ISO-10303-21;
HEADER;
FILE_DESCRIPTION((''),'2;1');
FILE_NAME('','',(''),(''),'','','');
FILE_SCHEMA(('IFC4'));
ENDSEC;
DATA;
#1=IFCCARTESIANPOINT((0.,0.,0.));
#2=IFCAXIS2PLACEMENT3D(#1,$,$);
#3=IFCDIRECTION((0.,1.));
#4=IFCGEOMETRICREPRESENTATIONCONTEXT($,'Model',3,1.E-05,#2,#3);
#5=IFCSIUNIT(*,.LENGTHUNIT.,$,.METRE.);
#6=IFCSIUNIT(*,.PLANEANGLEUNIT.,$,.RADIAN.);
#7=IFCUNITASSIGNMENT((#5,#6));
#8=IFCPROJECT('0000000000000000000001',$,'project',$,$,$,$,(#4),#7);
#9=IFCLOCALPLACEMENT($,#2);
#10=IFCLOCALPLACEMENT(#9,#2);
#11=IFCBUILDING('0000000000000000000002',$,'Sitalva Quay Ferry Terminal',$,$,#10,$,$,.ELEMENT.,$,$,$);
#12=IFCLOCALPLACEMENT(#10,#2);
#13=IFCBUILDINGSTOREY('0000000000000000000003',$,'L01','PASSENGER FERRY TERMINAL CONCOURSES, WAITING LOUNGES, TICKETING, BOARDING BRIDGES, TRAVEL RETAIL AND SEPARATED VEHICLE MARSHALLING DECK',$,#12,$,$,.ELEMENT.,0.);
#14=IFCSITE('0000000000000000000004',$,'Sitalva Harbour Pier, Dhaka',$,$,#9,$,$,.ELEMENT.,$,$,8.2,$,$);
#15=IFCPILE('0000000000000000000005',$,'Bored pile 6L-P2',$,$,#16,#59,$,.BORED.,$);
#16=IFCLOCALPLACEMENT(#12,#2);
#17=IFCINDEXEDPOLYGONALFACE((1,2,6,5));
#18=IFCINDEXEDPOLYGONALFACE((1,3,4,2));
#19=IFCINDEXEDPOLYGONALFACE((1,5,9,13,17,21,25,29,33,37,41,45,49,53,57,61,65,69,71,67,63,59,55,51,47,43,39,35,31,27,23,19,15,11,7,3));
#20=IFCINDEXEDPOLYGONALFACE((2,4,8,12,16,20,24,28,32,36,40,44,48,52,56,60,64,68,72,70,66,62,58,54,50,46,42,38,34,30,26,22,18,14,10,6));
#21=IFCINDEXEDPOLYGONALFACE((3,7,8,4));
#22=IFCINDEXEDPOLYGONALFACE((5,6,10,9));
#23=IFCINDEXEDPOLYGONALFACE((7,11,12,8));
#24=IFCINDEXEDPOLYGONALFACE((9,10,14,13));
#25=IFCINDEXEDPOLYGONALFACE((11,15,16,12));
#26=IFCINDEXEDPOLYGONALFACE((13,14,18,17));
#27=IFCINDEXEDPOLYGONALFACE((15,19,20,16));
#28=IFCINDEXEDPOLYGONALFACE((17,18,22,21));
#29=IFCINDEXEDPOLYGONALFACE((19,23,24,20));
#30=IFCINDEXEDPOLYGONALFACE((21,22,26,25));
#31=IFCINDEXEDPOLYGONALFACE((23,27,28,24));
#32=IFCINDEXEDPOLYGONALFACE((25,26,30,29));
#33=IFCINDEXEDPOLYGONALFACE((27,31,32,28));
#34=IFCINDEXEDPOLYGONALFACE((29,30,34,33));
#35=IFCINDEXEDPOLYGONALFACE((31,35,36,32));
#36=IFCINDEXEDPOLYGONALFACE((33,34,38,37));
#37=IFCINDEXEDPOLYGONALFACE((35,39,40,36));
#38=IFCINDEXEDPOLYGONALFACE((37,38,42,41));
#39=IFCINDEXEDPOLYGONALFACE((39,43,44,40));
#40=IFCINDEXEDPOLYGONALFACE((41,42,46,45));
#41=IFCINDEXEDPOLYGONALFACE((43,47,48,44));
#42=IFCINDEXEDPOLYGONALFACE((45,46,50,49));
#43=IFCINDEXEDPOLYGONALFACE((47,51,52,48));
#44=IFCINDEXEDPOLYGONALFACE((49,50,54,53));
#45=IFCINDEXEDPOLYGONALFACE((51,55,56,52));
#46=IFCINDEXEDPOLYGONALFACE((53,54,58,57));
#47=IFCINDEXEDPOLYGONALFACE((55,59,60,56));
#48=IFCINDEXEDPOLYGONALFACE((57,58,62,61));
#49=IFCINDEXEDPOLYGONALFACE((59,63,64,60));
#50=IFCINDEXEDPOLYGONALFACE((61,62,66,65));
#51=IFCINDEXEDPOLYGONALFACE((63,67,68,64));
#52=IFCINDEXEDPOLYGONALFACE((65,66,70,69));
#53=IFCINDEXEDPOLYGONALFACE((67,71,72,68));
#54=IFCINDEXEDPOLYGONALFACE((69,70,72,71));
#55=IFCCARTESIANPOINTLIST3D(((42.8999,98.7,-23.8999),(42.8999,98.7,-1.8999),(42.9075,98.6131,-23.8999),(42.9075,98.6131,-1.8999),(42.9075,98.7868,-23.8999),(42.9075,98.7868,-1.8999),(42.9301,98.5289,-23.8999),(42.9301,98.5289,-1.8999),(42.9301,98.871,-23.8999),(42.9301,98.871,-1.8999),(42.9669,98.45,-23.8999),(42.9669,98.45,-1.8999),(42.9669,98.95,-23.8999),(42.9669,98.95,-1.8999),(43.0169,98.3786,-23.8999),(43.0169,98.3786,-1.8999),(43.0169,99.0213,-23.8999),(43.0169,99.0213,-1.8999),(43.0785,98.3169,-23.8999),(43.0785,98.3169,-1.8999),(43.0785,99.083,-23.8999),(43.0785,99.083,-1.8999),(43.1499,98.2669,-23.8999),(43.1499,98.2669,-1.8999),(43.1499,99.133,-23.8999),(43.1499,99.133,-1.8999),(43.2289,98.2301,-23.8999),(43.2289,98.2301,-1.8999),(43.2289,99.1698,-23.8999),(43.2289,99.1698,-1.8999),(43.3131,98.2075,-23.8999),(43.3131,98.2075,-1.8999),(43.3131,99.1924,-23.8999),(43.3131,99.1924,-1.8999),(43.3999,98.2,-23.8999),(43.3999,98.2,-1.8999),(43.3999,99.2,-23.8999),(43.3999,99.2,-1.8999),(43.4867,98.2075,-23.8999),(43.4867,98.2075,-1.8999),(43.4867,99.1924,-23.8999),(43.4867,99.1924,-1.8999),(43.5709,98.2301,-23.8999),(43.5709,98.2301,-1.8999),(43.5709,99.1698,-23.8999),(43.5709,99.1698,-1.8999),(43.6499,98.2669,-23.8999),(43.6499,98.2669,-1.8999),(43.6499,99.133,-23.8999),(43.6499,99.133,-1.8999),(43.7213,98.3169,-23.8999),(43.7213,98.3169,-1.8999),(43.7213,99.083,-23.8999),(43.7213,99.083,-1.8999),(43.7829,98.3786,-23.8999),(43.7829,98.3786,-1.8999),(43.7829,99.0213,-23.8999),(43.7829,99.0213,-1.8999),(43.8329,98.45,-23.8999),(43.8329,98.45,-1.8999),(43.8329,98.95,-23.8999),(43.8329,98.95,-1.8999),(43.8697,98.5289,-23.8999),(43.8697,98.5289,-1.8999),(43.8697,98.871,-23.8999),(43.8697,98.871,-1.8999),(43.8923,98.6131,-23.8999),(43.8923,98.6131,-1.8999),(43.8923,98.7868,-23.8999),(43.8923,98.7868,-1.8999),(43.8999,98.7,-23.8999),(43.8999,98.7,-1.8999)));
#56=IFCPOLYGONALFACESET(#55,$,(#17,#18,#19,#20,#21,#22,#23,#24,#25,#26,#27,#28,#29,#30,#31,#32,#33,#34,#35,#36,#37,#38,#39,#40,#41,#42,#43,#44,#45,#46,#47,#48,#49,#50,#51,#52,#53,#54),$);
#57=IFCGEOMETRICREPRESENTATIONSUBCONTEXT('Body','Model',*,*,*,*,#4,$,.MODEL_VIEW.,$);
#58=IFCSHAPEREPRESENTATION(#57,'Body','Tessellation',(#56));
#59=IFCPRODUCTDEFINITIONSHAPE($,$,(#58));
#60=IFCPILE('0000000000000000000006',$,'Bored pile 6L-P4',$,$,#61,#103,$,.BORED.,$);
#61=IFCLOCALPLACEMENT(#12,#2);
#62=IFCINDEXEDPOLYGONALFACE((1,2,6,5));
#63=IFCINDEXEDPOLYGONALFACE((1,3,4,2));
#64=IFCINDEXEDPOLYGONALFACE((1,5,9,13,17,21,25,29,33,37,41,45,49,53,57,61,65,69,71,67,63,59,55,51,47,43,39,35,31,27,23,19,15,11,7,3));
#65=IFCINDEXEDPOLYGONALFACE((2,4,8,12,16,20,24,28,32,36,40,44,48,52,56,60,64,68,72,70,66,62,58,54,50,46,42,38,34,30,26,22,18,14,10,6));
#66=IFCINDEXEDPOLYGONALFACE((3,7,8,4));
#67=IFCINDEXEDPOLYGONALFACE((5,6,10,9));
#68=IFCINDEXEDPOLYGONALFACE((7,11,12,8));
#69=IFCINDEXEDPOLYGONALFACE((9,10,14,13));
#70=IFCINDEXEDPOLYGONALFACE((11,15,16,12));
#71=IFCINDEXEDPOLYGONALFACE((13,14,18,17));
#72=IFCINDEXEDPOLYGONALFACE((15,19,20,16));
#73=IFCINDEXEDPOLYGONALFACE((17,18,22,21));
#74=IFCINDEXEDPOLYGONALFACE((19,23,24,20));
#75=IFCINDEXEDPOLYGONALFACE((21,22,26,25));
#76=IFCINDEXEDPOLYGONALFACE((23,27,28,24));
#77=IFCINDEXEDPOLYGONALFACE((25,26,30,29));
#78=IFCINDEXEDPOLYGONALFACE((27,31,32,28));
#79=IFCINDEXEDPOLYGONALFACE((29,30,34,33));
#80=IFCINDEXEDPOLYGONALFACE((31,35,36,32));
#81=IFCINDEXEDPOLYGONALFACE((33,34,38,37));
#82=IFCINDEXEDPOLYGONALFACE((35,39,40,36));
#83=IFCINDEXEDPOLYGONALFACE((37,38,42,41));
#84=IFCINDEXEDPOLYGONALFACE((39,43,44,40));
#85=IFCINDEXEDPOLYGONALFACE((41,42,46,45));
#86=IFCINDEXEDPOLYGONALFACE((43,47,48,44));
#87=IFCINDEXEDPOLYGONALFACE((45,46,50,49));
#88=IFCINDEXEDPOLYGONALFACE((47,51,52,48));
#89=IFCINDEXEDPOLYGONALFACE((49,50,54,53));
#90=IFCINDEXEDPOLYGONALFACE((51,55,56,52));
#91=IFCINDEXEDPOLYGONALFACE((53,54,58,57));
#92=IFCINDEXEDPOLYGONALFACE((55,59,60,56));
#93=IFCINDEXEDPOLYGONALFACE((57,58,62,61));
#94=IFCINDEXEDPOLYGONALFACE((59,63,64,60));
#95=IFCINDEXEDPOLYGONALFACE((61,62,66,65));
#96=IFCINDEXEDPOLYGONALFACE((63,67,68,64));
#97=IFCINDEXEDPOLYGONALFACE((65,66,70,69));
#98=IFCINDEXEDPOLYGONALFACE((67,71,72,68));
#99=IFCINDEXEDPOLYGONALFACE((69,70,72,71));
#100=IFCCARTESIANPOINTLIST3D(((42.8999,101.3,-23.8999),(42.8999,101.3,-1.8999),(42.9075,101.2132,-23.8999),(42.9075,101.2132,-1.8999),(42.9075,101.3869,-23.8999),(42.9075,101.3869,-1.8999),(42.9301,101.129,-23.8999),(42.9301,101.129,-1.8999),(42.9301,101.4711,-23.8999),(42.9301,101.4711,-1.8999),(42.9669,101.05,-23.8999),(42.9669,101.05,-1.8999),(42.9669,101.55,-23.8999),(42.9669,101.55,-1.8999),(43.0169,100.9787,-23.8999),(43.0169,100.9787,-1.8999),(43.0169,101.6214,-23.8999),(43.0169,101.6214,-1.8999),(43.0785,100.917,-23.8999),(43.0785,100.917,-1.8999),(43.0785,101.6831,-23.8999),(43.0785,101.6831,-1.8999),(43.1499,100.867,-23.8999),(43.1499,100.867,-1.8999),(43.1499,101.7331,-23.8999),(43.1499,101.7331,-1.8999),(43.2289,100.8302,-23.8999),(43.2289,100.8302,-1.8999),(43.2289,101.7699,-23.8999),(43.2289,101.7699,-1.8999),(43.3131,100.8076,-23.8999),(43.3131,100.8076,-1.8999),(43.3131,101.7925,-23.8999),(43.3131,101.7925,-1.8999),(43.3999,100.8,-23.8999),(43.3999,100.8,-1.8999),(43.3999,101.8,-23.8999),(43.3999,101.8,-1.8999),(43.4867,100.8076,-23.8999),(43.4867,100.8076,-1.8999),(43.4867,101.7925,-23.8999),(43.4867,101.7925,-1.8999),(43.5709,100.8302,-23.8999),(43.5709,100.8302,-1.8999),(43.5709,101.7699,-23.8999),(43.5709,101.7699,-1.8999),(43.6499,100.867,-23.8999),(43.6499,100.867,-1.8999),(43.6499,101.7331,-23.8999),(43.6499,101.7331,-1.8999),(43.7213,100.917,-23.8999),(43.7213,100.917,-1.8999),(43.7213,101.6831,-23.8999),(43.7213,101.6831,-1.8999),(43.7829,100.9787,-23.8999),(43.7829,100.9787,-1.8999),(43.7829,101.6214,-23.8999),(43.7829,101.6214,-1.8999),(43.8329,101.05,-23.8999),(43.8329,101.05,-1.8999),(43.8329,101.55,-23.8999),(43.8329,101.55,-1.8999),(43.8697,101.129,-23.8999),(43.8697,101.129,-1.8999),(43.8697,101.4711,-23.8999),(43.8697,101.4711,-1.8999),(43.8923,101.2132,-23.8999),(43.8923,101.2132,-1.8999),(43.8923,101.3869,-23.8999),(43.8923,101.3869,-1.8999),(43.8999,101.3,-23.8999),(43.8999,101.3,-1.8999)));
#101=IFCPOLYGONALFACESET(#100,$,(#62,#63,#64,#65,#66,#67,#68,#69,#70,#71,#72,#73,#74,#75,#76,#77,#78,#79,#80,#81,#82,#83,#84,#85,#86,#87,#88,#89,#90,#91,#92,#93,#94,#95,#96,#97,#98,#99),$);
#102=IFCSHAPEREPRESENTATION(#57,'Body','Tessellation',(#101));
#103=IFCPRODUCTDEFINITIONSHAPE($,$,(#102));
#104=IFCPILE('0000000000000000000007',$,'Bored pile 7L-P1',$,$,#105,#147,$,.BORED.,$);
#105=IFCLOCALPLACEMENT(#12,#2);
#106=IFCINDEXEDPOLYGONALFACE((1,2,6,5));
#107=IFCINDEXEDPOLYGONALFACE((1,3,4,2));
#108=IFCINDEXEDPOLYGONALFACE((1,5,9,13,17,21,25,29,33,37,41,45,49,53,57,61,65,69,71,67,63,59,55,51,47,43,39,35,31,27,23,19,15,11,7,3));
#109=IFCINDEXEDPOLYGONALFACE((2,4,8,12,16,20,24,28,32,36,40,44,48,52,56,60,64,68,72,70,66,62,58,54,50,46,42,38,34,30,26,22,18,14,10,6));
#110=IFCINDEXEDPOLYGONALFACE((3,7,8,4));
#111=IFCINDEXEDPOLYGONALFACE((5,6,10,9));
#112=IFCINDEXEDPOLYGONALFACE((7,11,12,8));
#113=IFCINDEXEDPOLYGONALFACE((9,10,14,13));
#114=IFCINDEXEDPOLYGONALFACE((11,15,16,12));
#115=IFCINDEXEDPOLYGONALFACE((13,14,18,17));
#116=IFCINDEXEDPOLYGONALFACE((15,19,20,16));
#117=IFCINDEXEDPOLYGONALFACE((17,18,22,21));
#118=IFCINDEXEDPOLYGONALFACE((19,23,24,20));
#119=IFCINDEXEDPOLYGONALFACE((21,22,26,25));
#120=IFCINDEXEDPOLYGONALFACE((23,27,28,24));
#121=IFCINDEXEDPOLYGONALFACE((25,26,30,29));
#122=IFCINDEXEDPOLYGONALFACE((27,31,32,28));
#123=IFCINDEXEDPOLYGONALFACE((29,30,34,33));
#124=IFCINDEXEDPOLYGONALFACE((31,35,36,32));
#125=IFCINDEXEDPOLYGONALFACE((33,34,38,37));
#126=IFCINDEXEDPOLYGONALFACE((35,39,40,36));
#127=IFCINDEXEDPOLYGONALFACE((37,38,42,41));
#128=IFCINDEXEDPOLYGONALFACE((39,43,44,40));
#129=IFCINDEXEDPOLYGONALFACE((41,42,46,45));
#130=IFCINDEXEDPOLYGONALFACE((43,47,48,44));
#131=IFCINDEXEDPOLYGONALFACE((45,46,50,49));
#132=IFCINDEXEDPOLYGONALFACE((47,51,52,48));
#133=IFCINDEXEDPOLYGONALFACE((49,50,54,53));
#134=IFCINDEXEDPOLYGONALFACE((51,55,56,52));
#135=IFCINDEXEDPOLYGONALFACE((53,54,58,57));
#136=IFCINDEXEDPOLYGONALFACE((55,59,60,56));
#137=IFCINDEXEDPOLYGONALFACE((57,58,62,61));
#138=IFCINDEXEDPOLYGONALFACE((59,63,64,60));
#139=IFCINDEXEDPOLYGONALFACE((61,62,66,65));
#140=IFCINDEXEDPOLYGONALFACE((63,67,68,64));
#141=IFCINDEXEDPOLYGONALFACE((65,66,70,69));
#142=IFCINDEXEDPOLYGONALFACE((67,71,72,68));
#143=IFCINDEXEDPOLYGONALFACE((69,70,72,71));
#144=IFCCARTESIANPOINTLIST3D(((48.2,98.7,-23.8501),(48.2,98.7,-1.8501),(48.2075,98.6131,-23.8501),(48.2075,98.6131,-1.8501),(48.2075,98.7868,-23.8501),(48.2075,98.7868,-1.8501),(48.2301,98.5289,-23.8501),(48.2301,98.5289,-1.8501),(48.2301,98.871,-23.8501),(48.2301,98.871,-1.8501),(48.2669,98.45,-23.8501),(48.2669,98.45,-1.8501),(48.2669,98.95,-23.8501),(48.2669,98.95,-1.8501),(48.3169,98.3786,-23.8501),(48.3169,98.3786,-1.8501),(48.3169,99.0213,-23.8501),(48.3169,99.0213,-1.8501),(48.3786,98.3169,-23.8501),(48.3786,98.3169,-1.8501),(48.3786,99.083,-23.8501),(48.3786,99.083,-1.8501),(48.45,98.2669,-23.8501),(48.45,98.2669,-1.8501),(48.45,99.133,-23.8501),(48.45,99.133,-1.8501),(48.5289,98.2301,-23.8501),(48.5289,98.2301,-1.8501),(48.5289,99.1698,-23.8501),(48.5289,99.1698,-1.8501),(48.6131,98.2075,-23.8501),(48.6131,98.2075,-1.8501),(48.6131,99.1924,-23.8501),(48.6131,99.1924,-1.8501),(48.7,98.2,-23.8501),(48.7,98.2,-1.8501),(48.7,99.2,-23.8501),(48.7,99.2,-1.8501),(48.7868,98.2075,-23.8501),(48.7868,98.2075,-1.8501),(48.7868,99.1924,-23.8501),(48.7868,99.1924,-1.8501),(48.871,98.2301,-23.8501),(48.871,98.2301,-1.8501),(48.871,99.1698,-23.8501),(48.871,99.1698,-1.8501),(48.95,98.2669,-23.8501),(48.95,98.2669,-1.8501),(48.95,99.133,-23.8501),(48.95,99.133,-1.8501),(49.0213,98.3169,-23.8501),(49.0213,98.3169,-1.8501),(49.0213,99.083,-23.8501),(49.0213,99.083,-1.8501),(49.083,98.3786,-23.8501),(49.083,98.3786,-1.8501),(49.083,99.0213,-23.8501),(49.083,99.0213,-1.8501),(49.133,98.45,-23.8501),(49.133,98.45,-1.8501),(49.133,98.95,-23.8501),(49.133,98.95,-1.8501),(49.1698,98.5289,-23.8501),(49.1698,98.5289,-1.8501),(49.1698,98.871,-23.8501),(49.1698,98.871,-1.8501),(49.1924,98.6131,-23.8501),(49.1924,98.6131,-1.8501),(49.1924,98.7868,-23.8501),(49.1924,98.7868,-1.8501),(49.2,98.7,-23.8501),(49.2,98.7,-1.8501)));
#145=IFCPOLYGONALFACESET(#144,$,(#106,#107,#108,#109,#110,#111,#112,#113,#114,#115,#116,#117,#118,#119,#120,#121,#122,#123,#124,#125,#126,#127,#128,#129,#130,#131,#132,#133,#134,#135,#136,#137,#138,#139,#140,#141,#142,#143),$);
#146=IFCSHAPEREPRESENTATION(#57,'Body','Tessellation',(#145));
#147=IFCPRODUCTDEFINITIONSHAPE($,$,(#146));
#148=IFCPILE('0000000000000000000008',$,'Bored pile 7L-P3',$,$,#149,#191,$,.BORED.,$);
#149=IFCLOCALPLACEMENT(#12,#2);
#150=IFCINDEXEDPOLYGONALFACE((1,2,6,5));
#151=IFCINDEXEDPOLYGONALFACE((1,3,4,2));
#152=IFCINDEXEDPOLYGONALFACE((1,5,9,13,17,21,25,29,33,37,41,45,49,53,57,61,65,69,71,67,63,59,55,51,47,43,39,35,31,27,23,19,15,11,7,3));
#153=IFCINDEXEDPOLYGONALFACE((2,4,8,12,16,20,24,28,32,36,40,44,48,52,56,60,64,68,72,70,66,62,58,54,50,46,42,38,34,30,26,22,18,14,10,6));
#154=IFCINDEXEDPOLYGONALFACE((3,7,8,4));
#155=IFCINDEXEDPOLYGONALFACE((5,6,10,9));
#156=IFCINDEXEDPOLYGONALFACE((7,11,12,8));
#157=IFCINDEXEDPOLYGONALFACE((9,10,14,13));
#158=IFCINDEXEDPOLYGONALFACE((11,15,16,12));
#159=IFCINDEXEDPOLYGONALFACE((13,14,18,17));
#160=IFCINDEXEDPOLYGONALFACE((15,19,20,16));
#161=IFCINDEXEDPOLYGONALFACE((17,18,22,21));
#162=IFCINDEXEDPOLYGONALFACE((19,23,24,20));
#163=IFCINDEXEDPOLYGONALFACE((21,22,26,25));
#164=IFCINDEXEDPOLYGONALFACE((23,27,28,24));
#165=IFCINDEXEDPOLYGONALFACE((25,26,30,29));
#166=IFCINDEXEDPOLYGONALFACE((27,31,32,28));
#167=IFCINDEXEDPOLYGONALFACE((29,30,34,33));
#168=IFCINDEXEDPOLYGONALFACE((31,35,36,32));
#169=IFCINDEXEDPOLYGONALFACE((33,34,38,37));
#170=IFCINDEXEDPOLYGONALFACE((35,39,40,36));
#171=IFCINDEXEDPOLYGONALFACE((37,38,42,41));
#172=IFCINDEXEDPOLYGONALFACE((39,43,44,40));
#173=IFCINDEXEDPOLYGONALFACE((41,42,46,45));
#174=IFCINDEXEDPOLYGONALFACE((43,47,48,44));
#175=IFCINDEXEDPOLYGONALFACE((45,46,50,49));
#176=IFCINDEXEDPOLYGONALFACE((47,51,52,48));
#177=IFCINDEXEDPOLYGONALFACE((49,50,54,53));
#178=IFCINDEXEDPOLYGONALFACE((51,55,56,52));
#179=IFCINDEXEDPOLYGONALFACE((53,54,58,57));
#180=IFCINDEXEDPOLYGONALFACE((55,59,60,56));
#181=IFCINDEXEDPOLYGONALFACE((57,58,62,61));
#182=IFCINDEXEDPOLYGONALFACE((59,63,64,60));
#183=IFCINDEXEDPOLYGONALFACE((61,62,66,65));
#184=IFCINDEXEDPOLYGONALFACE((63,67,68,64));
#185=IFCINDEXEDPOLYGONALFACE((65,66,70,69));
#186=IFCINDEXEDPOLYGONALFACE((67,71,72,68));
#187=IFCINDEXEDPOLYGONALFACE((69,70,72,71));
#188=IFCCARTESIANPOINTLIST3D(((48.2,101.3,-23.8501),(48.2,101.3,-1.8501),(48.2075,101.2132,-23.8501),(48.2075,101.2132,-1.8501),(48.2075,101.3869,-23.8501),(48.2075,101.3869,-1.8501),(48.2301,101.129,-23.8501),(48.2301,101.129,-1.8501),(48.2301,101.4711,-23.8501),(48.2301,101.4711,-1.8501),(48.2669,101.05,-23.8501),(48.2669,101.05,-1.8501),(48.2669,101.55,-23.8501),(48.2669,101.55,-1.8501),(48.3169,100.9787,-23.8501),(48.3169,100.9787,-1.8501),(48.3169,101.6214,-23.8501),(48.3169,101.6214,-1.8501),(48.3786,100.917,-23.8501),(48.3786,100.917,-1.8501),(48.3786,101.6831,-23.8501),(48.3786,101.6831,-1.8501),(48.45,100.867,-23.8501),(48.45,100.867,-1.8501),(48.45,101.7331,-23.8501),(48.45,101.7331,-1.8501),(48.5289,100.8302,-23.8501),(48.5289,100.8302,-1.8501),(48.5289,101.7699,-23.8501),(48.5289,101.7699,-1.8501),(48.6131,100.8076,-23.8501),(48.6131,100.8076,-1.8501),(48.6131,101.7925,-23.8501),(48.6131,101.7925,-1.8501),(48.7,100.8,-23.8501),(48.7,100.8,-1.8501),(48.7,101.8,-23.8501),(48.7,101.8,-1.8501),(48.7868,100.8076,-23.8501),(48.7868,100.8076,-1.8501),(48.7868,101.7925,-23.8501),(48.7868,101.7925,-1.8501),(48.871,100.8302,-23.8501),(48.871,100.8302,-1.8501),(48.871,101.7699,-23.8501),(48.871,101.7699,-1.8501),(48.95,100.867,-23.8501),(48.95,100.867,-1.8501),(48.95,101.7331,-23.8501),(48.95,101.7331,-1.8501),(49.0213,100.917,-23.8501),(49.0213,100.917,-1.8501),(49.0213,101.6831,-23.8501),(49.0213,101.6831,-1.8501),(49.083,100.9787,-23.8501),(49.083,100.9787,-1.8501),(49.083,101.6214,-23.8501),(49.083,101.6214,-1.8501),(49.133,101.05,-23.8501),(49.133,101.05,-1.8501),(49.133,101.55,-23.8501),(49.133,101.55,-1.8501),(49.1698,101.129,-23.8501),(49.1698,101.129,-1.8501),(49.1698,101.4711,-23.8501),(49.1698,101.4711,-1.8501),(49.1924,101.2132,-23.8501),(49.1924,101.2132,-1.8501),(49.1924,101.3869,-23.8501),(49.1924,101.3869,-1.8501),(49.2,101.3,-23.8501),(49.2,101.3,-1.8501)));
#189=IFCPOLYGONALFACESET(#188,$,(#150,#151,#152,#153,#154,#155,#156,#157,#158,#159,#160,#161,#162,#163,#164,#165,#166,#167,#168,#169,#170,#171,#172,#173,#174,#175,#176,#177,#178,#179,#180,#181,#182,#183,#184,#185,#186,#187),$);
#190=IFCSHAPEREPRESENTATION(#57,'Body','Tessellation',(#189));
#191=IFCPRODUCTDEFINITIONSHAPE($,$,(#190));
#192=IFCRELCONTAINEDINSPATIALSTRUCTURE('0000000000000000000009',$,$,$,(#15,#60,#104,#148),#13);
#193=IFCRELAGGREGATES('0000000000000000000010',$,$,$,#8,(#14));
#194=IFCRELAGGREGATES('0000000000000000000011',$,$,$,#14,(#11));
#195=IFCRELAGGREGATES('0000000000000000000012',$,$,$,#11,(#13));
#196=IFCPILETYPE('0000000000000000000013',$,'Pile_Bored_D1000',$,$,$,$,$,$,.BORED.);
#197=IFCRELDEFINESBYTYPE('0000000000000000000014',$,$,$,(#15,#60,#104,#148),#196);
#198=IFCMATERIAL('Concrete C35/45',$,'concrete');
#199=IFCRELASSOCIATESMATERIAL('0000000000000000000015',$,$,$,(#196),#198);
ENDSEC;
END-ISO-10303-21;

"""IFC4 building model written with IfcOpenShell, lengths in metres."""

from ifc_helpers import new_model, si_unit, direction, frame, origin, origin_2d, place, context, subcontext, project, spatial, circle, extrude, material, material_profile, profile_set, type_object, element, save


model = new_model("IFC4")

# Units and contexts
model_context = context("Model", 3, precision=1e-05, world=origin(), true_north=direction((0.0, 1.0)))
body_context = subcontext(model_context, "Body", "Model", "MODEL_VIEW")
ifc_project = project(units=[si_unit("LENGTHUNIT", "METRE"), si_unit("PLANEANGLEUNIT", "RADIAN")], contexts=[model_context])

# Site, building, storey
site_placement = place(None, origin())
site = spatial("IfcSite", under=ifc_project, at=site_placement, Name="Sitalva Harbour Pier, Dhaka", CompositionType="ELEMENT", RefElevation=8.2)
building_placement = place(site_placement, origin())
building = spatial("IfcBuilding", under=site, at=building_placement, Name="Sitalva Quay Ferry Terminal", CompositionType="ELEMENT")
storey_placement = place(building_placement, origin())
storey = spatial("IfcBuildingStorey", under=building, at=storey_placement, Name="L01", Description="PASSENGER FERRY TERMINAL CONCOURSES, WAITING LOUNGES, TICKETING, BOARDING BRIDGES, TRAVEL RETAIL AND SEPARATED VEHICLE MARSHALLING DECK", CompositionType="ELEMENT", Elevation=0.0)

# Piles
ifc_material_1 = material(Name="Concrete C35/45", Category="concrete")
ifc_material_profile_1 = material_profile(ifc_material_1, circle(Radius=0.5, at=origin_2d()), Name="PILE-D1000")
ifc_profile_set_1 = profile_set([ifc_material_profile_1], Name="Concrete C35/45")
pile_type = type_object("IfcPileType", Name="Pile_Bored_D1000", PredefinedType="BORED", material=ifc_profile_set_1)
for number, where, z_axis, x_axis, name in (
    (1, (43.3999, 98.7, -1.8999), (0.0, 0.0, -1.0), (1.0, 0.0, 0.0), "Bored pile 6L-P2"),
    (2, (43.3999, 101.3, -1.8999), (0.0, 0.0, -1.0), (1.0, 0.0, 0.0), "Bored pile 6L-P4"),
    (3, (48.7, 98.7, -1.8501), (0.0, 0.0, -1.0), (1.0, 0.0, 0.0), "Bored pile 7L-P1"),
    (4, (48.7, 101.3, -1.8501), (0.0, 0.0, -1.0), (1.0, 0.0, 0.0), "Bored pile 7L-P3"),
):
    element("IfcPile", number, at=place(storey_placement, frame(where, z_axis=z_axis, x_axis=x_axis)), inside=storey, type_object=pile_type, Name=name, PredefinedType="BORED", context=body_context, shape_type="SweptSolid", body=[
        extrude(circle(Radius=0.5, at=origin_2d()), origin(), (0.0, 0.0, 1.0), 22.0),
    ])

save(model, "model.ifc")
